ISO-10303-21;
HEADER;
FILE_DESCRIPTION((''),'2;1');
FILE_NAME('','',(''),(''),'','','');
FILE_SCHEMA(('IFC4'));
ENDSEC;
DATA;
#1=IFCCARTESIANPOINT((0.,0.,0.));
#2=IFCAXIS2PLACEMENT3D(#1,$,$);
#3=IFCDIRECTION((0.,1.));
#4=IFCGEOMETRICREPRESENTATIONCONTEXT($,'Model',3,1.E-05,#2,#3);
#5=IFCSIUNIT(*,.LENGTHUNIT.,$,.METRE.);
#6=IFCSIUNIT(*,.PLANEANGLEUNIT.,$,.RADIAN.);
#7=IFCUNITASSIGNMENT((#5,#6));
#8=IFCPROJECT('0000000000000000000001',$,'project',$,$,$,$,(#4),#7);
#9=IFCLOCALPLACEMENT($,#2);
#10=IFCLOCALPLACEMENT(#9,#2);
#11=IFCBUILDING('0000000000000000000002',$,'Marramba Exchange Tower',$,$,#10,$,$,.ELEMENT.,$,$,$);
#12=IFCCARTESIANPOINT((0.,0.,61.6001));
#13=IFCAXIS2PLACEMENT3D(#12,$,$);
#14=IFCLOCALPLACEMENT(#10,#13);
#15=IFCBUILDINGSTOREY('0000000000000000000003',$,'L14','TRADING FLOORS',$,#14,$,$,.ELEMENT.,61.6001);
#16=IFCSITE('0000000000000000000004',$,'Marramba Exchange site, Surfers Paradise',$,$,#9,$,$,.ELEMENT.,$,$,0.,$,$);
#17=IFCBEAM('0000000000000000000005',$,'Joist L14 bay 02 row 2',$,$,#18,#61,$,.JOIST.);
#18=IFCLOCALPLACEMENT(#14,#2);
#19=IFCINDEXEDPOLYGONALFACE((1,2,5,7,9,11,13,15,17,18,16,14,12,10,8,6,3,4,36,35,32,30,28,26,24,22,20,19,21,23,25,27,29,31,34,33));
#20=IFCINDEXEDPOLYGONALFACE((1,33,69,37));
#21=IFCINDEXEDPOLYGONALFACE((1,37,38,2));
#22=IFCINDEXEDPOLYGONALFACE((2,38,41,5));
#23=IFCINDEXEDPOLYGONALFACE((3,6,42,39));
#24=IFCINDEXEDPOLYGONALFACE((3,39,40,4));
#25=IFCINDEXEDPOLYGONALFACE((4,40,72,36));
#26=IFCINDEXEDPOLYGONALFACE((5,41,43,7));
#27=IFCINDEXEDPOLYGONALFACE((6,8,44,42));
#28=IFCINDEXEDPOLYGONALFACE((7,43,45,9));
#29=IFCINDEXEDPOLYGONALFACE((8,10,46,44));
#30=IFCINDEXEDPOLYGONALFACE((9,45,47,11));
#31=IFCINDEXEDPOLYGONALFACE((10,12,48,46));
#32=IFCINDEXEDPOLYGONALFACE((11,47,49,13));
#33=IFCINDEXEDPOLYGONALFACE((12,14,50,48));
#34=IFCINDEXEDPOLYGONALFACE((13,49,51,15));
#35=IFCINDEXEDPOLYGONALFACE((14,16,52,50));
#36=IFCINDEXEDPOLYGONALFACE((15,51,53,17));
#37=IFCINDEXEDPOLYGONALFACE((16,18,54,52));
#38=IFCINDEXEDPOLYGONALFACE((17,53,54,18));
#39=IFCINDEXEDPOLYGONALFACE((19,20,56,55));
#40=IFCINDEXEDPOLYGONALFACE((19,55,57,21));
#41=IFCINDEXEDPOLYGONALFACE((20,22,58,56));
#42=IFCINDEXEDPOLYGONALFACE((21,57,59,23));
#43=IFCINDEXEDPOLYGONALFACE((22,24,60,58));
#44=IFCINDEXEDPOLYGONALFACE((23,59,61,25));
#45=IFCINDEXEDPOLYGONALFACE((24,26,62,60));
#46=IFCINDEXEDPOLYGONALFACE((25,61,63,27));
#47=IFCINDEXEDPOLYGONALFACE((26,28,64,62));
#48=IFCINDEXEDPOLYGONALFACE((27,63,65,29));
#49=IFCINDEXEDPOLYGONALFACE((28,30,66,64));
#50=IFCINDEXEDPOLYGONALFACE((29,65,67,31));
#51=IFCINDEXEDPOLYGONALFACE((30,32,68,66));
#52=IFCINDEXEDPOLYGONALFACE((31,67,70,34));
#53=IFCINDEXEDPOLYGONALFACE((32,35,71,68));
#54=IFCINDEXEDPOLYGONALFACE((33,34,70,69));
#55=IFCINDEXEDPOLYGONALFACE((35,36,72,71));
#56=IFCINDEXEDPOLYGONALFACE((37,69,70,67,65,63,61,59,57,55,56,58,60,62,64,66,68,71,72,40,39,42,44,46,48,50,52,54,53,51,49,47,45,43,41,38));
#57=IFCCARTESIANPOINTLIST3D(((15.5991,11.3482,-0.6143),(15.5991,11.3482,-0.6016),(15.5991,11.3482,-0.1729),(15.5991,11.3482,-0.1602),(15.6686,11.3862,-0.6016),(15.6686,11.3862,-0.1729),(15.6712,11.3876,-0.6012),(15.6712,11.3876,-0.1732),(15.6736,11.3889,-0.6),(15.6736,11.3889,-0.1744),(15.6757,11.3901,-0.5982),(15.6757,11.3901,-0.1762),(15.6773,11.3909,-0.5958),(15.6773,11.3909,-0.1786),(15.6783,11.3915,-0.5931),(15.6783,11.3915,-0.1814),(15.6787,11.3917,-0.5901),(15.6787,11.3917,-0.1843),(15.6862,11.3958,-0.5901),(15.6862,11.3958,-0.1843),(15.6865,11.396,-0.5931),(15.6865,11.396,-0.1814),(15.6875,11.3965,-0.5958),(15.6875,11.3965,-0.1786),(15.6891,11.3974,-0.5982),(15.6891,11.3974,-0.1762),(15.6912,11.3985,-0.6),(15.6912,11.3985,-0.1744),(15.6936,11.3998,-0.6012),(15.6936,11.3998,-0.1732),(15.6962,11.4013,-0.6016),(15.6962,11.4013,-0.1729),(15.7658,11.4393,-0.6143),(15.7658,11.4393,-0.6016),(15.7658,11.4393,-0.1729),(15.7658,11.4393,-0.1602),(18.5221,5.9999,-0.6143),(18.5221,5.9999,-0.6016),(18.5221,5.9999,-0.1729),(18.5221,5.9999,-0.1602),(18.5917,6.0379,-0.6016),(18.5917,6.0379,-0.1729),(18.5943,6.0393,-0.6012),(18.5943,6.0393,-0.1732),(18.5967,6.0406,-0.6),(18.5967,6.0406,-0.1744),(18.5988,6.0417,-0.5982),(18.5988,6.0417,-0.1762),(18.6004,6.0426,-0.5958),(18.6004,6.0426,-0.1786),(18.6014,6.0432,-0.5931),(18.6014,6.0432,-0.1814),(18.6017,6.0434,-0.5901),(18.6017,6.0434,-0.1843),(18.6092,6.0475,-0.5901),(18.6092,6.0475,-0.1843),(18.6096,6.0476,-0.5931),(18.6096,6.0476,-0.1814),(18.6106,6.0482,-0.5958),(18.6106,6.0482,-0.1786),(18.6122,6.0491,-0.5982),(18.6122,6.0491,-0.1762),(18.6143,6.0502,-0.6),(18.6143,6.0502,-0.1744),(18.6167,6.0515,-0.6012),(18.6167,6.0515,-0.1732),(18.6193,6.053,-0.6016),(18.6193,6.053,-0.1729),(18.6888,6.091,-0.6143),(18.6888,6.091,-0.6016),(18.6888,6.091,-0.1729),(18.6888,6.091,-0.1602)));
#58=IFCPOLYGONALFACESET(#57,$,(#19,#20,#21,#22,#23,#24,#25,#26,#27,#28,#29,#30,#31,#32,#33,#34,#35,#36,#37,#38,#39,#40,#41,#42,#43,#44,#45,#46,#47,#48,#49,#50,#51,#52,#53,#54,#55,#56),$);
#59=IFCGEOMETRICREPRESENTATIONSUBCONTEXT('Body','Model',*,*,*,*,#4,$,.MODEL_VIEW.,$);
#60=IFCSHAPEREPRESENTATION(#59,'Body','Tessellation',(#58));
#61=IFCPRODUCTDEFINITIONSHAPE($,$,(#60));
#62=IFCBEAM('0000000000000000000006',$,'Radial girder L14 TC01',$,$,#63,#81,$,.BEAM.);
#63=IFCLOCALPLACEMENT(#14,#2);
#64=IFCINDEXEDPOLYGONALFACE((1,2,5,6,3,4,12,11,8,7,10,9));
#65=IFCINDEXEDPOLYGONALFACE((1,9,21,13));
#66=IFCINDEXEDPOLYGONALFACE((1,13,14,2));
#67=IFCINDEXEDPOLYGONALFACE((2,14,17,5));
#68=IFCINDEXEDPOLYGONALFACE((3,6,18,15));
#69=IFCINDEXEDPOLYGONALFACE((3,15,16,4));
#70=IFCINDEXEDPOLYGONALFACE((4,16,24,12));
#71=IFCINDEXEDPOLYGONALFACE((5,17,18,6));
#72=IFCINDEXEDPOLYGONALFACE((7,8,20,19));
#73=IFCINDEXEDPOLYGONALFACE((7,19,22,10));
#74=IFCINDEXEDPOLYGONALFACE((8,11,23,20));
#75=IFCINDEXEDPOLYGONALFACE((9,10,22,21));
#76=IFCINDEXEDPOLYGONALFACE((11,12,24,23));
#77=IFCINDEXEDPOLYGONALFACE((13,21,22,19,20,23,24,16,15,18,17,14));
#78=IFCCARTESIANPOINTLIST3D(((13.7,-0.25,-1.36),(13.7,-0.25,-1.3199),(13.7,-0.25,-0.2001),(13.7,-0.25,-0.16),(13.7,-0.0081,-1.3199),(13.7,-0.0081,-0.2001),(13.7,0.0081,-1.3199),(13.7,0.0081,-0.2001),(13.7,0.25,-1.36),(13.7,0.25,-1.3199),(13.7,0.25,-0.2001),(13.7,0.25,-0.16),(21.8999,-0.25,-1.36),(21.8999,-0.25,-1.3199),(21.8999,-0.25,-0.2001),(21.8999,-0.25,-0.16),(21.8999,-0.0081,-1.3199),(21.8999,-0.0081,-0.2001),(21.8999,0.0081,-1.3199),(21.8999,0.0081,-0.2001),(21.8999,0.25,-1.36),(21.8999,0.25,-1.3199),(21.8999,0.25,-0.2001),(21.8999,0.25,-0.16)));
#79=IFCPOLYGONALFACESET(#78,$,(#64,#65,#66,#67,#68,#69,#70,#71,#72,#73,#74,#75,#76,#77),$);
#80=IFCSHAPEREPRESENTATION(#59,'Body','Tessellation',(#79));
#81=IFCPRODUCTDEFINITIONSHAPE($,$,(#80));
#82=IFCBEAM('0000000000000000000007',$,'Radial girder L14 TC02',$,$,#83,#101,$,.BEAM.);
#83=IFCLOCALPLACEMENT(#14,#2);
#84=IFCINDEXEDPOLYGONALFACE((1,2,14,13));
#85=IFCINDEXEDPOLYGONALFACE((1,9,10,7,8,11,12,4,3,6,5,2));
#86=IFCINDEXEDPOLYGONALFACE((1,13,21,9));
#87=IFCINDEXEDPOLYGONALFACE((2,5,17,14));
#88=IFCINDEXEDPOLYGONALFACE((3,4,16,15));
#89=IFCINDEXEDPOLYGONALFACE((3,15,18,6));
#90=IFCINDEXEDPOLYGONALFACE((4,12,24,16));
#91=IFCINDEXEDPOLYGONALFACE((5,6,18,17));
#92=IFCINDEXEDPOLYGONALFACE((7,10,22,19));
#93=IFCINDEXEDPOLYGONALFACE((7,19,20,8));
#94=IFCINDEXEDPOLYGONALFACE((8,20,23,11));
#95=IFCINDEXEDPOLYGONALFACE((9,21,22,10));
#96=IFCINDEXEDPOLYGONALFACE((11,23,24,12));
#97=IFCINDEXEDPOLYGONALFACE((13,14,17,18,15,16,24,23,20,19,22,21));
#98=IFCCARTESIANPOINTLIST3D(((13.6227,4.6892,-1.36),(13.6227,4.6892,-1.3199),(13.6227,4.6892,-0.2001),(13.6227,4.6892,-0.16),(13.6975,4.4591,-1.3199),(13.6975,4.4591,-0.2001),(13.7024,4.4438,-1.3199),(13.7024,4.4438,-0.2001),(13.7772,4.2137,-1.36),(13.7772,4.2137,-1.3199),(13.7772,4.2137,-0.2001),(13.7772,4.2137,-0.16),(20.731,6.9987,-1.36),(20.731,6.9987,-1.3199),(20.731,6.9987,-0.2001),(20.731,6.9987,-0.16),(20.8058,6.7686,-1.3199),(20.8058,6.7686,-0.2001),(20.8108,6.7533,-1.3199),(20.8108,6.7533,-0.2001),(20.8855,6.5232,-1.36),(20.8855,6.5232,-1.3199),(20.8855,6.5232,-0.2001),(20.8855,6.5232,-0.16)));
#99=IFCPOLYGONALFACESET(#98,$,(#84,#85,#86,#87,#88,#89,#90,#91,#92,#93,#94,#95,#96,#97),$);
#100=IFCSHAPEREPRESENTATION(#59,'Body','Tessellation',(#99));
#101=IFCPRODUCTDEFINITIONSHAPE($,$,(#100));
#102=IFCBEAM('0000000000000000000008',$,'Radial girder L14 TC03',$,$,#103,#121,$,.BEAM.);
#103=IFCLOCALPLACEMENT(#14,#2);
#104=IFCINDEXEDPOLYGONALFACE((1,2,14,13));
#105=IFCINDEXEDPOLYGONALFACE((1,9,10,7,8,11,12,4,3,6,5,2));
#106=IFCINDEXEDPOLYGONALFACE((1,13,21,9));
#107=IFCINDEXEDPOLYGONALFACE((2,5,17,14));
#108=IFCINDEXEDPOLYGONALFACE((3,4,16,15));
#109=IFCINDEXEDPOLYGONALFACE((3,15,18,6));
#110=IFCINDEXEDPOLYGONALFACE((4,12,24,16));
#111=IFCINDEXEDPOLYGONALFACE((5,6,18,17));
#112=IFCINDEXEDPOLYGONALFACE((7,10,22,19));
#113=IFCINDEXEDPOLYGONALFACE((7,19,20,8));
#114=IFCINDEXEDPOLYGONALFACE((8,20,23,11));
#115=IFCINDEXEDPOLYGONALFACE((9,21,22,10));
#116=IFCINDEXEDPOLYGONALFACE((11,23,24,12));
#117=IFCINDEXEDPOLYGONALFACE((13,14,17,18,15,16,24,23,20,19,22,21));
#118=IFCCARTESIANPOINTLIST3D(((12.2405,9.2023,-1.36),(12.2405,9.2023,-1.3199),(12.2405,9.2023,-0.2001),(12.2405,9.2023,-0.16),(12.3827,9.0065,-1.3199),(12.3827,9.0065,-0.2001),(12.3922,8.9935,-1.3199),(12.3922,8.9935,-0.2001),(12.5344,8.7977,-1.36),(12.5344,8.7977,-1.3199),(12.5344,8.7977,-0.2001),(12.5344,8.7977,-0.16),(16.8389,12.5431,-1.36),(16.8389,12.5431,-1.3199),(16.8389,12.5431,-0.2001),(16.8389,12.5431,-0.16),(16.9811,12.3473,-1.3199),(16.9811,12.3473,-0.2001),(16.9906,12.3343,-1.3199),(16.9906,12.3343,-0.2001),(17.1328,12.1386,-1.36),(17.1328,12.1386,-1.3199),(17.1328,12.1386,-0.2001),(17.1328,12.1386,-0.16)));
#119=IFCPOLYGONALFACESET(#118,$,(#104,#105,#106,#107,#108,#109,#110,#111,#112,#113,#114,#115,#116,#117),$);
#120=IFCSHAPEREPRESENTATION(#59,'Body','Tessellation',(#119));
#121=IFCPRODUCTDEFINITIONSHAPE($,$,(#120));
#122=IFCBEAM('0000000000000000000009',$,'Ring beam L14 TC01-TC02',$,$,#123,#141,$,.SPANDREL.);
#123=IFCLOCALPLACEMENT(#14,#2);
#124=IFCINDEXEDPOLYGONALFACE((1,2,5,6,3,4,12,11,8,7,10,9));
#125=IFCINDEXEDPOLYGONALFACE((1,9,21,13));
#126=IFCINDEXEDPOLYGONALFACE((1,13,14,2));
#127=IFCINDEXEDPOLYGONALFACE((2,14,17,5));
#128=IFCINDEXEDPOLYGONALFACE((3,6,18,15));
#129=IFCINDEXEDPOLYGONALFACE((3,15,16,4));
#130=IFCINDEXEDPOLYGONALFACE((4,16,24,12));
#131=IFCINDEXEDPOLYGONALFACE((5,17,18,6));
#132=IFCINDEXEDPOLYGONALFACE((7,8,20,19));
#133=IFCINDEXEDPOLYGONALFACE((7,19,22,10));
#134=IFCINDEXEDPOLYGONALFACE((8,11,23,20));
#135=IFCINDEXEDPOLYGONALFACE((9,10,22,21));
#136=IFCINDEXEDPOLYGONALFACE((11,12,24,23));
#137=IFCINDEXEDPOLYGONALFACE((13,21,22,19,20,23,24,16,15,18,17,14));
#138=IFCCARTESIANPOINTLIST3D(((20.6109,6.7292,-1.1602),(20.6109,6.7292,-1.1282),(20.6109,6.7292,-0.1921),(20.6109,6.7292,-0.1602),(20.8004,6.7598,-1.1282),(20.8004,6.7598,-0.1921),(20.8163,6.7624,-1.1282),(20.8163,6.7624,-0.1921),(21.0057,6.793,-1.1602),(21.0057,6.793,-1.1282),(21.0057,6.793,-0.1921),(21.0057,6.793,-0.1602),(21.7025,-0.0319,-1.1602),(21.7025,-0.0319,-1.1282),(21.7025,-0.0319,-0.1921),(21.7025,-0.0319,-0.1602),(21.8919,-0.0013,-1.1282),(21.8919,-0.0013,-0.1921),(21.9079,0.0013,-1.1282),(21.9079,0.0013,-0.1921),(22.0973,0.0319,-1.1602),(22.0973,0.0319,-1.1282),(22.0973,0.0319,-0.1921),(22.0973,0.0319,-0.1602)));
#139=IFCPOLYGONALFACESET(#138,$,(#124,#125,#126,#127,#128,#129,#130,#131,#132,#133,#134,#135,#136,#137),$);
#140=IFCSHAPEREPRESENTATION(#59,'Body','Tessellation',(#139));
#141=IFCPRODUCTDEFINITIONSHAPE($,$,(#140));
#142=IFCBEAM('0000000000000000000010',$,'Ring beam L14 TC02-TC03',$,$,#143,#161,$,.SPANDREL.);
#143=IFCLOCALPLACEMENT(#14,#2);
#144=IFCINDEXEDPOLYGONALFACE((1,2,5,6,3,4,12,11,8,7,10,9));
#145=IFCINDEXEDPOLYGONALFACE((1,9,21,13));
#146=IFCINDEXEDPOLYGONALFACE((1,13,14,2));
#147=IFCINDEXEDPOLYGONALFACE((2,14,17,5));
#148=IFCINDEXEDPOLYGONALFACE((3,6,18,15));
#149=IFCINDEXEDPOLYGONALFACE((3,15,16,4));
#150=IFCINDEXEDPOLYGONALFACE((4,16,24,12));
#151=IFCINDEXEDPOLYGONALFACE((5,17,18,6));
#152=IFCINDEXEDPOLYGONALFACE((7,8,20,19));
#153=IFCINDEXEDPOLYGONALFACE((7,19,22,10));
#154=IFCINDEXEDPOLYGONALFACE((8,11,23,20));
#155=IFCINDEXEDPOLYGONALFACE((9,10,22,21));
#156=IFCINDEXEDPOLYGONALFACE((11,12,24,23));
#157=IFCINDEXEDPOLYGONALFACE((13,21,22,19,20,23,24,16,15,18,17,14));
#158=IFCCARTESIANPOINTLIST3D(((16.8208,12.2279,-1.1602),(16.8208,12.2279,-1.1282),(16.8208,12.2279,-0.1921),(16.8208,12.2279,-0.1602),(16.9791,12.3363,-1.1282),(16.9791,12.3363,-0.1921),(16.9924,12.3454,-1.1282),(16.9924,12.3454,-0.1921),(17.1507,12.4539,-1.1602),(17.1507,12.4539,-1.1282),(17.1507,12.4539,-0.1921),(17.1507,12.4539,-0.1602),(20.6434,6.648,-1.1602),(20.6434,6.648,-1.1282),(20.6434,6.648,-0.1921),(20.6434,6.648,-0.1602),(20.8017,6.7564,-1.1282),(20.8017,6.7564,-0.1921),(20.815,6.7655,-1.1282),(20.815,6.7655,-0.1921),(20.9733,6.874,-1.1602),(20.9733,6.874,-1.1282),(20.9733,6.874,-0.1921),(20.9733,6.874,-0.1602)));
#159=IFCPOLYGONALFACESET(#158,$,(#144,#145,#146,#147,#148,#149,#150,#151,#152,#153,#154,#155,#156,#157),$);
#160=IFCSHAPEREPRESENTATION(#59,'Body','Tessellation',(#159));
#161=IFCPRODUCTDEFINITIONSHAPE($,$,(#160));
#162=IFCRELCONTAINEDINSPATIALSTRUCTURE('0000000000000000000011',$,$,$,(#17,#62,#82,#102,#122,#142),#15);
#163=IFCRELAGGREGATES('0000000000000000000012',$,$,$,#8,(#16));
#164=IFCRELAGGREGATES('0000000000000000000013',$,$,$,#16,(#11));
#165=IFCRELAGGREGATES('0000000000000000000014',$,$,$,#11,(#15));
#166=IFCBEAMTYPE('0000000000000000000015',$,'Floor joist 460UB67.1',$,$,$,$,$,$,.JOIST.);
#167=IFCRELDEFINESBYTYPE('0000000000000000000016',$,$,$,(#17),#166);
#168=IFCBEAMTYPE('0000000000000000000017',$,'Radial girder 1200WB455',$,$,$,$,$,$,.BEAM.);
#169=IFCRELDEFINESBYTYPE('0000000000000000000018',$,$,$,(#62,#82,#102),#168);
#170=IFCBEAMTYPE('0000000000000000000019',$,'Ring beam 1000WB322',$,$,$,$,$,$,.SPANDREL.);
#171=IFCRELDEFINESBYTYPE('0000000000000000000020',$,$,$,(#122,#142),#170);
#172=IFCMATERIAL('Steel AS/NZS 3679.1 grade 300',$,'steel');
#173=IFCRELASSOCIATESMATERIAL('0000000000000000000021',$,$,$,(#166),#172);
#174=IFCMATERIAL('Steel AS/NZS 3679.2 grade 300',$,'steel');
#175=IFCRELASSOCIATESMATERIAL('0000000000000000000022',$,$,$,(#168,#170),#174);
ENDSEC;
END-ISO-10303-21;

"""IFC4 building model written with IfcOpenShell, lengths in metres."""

from ifc_helpers import new_model, si_unit, direction, frame, origin, origin_2d, place, context, subcontext, project, spatial, i_section, extrude, material, material_profile, profile_set, type_object, element, save


model = new_model("IFC4")

# Units and contexts
model_context = context("Model", 3, precision=1e-05, world=origin(), true_north=direction((0.0, 1.0)))
body_context = subcontext(model_context, "Body", "Model", "MODEL_VIEW")
ifc_project = project(units=[si_unit("LENGTHUNIT", "METRE"), si_unit("PLANEANGLEUNIT", "RADIAN")], contexts=[model_context])

# Site, building, storey
site_placement = place(None, origin())
site = spatial("IfcSite", under=ifc_project, at=site_placement, Name="Marramba Exchange site, Surfers Paradise", CompositionType="ELEMENT", RefElevation=0.0)
building_placement = place(site_placement, origin())
building = spatial("IfcBuilding", under=site, at=building_placement, Name="Marramba Exchange Tower", CompositionType="ELEMENT")
storey_placement = place(building_placement, frame((0.0, 0.0, 61.6001)))
storey = spatial("IfcBuildingStorey", under=building, at=storey_placement, Name="L14", Description="TRADING FLOORS", CompositionType="ELEMENT", Elevation=61.6001)

# Beams
ifc_material_1 = material(Name="Steel AS/NZS 3679.2 grade 300", Category="steel")
ifc_material_2 = material(Name="Steel AS/NZS 3679.1 grade 300", Category="steel")
ifc_material_profile_1 = material_profile(ifc_material_2, i_section(OverallWidth=0.1899, OverallDepth=0.4541, WebThickness=0.0085, FlangeThickness=0.0127, FilletRadius=0.0115, at=origin_2d()), Name="460UB67.1")
ifc_profile_set_1 = profile_set([ifc_material_profile_1], Name="Steel AS/NZS 3679.1 grade 300")
beam_type_1 = type_object("IfcBeamType", Name="Floor joist 460UB67.1", PredefinedType="JOIST", material=ifc_profile_set_1)
beam_1_placement = place(storey_placement, frame((18.6055, 6.0454, -0.3872), z_axis=(-0.479584, 0.877496, 0.0), x_axis=(-0.877496, -0.479584, 0.0)))
element("IfcBeam", 1, at=beam_1_placement, inside=storey, type_object=beam_type_1, Name="Joist L14 bay 02 row 2", PredefinedType="JOIST", context=body_context, shape_type="SweptSolid", body=[
    extrude(i_section(OverallWidth=0.1899, OverallDepth=0.4541, WebThickness=0.0085, FlangeThickness=0.0127, FilletRadius=0.0115, at=origin_2d()), origin(), (0.0, 0.0, 1.0), 6.095),
])
ifc_material_profile_2 = material_profile(ifc_material_1, i_section(OverallWidth=0.5, OverallDepth=1.2, WebThickness=0.0161, FlangeThickness=0.04, at=origin_2d()), Name="1200WB455")
ifc_profile_set_2 = profile_set([ifc_material_profile_2], Name="Steel AS/NZS 3679.2 grade 300")
beam_type_2 = type_object("IfcBeamType", Name="Radial girder 1200WB455", PredefinedType="BEAM", material=ifc_profile_set_2)
beam_2_placement = place(storey_placement, frame((13.7, 0.0, -0.76), z_axis=(1.0, 0.0, 0.0), x_axis=(0.0, 1.0, 0.0)))
element("IfcBeam", 2, at=beam_2_placement, inside=storey, type_object=beam_type_2, Name="Radial girder L14 TC01", PredefinedType="BEAM", context=body_context, shape_type="SweptSolid", body=[
    extrude(i_section(OverallWidth=0.5, OverallDepth=1.2, WebThickness=0.0161, FlangeThickness=0.04, at=origin_2d()), origin(), (0.0, 0.0, 1.0), 8.2),
])
beam_3_placement = place(storey_placement, frame((13.7, 4.4514, -0.76), z_axis=(0.95106, 0.309006, 0.0), x_axis=(-0.309006, 0.95106, 0.0)))
element("IfcBeam", 3, at=beam_3_placement, inside=storey, type_object=beam_type_2, Name="Radial girder L14 TC02", PredefinedType="BEAM", context=body_context, shape_type="SweptSolid", body=[
    extrude(i_section(OverallWidth=0.5, OverallDepth=1.2, WebThickness=0.0161, FlangeThickness=0.04, at=origin_2d()), origin(), (0.0, 0.0, 1.0), 7.4741),
])
beam_4_placement = place(storey_placement, frame((12.3875, 9.0, -0.76), z_axis=(0.809026, 0.587773, 0.0), x_axis=(-0.587773, 0.809026, 0.0)))
element("IfcBeam", 4, at=beam_4_placement, inside=storey, type_object=beam_type_2, Name="Radial girder L14 TC03", PredefinedType="BEAM", context=body_context, shape_type="SweptSolid", body=[
    extrude(i_section(OverallWidth=0.5, OverallDepth=1.2, WebThickness=0.0161, FlangeThickness=0.04, at=origin_2d()), origin(), (0.0, 0.0, 1.0), 5.6838),
])
ifc_material_profile_3 = material_profile(ifc_material_1, i_section(OverallWidth=0.3999, OverallDepth=1.0, WebThickness=0.0161, FlangeThickness=0.032, at=origin_2d()), Name="1000WB322")
ifc_profile_set_3 = profile_set([ifc_material_profile_3], Name="Steel AS/NZS 3679.2 grade 300")
beam_type_3 = type_object("IfcBeamType", Name="Ring beam 1000WB322", PredefinedType="SPANDREL", material=ifc_profile_set_3)
beam_5_placement = place(storey_placement, frame((21.8999, 0.0, -0.6602), z_axis=(-0.159385, 0.987217, 0.0), x_axis=(-0.987217, -0.159385, 0.0)))
element("IfcBeam", 5, at=beam_5_placement, inside=storey, type_object=beam_type_3, Name="Ring beam L14 TC01-TC02", PredefinedType="SPANDREL", context=body_context, shape_type="SweptSolid", body=[
    extrude(i_section(OverallWidth=0.3999, OverallDepth=1.0, WebThickness=0.0161, FlangeThickness=0.032, at=origin_2d()), origin(), (0.0, 0.0, 1.0), 6.8486),
])
beam_6_placement = place(storey_placement, frame((20.8083, 6.761, -0.6602), z_axis=(-0.56516, 0.824981, 0.0), x_axis=(-0.824981, -0.56516, 0.0)))
element("IfcBeam", 6, at=beam_6_placement, inside=storey, type_object=beam_type_3, Name="Ring beam L14 TC02-TC03", PredefinedType="SPANDREL", context=body_context, shape_type="SweptSolid", body=[
    extrude(i_section(OverallWidth=0.3999, OverallDepth=1.0, WebThickness=0.0161, FlangeThickness=0.032, at=origin_2d()), origin(), (0.0, 0.0, 1.0), 6.7637),
])

save(model, "model.ifc")
